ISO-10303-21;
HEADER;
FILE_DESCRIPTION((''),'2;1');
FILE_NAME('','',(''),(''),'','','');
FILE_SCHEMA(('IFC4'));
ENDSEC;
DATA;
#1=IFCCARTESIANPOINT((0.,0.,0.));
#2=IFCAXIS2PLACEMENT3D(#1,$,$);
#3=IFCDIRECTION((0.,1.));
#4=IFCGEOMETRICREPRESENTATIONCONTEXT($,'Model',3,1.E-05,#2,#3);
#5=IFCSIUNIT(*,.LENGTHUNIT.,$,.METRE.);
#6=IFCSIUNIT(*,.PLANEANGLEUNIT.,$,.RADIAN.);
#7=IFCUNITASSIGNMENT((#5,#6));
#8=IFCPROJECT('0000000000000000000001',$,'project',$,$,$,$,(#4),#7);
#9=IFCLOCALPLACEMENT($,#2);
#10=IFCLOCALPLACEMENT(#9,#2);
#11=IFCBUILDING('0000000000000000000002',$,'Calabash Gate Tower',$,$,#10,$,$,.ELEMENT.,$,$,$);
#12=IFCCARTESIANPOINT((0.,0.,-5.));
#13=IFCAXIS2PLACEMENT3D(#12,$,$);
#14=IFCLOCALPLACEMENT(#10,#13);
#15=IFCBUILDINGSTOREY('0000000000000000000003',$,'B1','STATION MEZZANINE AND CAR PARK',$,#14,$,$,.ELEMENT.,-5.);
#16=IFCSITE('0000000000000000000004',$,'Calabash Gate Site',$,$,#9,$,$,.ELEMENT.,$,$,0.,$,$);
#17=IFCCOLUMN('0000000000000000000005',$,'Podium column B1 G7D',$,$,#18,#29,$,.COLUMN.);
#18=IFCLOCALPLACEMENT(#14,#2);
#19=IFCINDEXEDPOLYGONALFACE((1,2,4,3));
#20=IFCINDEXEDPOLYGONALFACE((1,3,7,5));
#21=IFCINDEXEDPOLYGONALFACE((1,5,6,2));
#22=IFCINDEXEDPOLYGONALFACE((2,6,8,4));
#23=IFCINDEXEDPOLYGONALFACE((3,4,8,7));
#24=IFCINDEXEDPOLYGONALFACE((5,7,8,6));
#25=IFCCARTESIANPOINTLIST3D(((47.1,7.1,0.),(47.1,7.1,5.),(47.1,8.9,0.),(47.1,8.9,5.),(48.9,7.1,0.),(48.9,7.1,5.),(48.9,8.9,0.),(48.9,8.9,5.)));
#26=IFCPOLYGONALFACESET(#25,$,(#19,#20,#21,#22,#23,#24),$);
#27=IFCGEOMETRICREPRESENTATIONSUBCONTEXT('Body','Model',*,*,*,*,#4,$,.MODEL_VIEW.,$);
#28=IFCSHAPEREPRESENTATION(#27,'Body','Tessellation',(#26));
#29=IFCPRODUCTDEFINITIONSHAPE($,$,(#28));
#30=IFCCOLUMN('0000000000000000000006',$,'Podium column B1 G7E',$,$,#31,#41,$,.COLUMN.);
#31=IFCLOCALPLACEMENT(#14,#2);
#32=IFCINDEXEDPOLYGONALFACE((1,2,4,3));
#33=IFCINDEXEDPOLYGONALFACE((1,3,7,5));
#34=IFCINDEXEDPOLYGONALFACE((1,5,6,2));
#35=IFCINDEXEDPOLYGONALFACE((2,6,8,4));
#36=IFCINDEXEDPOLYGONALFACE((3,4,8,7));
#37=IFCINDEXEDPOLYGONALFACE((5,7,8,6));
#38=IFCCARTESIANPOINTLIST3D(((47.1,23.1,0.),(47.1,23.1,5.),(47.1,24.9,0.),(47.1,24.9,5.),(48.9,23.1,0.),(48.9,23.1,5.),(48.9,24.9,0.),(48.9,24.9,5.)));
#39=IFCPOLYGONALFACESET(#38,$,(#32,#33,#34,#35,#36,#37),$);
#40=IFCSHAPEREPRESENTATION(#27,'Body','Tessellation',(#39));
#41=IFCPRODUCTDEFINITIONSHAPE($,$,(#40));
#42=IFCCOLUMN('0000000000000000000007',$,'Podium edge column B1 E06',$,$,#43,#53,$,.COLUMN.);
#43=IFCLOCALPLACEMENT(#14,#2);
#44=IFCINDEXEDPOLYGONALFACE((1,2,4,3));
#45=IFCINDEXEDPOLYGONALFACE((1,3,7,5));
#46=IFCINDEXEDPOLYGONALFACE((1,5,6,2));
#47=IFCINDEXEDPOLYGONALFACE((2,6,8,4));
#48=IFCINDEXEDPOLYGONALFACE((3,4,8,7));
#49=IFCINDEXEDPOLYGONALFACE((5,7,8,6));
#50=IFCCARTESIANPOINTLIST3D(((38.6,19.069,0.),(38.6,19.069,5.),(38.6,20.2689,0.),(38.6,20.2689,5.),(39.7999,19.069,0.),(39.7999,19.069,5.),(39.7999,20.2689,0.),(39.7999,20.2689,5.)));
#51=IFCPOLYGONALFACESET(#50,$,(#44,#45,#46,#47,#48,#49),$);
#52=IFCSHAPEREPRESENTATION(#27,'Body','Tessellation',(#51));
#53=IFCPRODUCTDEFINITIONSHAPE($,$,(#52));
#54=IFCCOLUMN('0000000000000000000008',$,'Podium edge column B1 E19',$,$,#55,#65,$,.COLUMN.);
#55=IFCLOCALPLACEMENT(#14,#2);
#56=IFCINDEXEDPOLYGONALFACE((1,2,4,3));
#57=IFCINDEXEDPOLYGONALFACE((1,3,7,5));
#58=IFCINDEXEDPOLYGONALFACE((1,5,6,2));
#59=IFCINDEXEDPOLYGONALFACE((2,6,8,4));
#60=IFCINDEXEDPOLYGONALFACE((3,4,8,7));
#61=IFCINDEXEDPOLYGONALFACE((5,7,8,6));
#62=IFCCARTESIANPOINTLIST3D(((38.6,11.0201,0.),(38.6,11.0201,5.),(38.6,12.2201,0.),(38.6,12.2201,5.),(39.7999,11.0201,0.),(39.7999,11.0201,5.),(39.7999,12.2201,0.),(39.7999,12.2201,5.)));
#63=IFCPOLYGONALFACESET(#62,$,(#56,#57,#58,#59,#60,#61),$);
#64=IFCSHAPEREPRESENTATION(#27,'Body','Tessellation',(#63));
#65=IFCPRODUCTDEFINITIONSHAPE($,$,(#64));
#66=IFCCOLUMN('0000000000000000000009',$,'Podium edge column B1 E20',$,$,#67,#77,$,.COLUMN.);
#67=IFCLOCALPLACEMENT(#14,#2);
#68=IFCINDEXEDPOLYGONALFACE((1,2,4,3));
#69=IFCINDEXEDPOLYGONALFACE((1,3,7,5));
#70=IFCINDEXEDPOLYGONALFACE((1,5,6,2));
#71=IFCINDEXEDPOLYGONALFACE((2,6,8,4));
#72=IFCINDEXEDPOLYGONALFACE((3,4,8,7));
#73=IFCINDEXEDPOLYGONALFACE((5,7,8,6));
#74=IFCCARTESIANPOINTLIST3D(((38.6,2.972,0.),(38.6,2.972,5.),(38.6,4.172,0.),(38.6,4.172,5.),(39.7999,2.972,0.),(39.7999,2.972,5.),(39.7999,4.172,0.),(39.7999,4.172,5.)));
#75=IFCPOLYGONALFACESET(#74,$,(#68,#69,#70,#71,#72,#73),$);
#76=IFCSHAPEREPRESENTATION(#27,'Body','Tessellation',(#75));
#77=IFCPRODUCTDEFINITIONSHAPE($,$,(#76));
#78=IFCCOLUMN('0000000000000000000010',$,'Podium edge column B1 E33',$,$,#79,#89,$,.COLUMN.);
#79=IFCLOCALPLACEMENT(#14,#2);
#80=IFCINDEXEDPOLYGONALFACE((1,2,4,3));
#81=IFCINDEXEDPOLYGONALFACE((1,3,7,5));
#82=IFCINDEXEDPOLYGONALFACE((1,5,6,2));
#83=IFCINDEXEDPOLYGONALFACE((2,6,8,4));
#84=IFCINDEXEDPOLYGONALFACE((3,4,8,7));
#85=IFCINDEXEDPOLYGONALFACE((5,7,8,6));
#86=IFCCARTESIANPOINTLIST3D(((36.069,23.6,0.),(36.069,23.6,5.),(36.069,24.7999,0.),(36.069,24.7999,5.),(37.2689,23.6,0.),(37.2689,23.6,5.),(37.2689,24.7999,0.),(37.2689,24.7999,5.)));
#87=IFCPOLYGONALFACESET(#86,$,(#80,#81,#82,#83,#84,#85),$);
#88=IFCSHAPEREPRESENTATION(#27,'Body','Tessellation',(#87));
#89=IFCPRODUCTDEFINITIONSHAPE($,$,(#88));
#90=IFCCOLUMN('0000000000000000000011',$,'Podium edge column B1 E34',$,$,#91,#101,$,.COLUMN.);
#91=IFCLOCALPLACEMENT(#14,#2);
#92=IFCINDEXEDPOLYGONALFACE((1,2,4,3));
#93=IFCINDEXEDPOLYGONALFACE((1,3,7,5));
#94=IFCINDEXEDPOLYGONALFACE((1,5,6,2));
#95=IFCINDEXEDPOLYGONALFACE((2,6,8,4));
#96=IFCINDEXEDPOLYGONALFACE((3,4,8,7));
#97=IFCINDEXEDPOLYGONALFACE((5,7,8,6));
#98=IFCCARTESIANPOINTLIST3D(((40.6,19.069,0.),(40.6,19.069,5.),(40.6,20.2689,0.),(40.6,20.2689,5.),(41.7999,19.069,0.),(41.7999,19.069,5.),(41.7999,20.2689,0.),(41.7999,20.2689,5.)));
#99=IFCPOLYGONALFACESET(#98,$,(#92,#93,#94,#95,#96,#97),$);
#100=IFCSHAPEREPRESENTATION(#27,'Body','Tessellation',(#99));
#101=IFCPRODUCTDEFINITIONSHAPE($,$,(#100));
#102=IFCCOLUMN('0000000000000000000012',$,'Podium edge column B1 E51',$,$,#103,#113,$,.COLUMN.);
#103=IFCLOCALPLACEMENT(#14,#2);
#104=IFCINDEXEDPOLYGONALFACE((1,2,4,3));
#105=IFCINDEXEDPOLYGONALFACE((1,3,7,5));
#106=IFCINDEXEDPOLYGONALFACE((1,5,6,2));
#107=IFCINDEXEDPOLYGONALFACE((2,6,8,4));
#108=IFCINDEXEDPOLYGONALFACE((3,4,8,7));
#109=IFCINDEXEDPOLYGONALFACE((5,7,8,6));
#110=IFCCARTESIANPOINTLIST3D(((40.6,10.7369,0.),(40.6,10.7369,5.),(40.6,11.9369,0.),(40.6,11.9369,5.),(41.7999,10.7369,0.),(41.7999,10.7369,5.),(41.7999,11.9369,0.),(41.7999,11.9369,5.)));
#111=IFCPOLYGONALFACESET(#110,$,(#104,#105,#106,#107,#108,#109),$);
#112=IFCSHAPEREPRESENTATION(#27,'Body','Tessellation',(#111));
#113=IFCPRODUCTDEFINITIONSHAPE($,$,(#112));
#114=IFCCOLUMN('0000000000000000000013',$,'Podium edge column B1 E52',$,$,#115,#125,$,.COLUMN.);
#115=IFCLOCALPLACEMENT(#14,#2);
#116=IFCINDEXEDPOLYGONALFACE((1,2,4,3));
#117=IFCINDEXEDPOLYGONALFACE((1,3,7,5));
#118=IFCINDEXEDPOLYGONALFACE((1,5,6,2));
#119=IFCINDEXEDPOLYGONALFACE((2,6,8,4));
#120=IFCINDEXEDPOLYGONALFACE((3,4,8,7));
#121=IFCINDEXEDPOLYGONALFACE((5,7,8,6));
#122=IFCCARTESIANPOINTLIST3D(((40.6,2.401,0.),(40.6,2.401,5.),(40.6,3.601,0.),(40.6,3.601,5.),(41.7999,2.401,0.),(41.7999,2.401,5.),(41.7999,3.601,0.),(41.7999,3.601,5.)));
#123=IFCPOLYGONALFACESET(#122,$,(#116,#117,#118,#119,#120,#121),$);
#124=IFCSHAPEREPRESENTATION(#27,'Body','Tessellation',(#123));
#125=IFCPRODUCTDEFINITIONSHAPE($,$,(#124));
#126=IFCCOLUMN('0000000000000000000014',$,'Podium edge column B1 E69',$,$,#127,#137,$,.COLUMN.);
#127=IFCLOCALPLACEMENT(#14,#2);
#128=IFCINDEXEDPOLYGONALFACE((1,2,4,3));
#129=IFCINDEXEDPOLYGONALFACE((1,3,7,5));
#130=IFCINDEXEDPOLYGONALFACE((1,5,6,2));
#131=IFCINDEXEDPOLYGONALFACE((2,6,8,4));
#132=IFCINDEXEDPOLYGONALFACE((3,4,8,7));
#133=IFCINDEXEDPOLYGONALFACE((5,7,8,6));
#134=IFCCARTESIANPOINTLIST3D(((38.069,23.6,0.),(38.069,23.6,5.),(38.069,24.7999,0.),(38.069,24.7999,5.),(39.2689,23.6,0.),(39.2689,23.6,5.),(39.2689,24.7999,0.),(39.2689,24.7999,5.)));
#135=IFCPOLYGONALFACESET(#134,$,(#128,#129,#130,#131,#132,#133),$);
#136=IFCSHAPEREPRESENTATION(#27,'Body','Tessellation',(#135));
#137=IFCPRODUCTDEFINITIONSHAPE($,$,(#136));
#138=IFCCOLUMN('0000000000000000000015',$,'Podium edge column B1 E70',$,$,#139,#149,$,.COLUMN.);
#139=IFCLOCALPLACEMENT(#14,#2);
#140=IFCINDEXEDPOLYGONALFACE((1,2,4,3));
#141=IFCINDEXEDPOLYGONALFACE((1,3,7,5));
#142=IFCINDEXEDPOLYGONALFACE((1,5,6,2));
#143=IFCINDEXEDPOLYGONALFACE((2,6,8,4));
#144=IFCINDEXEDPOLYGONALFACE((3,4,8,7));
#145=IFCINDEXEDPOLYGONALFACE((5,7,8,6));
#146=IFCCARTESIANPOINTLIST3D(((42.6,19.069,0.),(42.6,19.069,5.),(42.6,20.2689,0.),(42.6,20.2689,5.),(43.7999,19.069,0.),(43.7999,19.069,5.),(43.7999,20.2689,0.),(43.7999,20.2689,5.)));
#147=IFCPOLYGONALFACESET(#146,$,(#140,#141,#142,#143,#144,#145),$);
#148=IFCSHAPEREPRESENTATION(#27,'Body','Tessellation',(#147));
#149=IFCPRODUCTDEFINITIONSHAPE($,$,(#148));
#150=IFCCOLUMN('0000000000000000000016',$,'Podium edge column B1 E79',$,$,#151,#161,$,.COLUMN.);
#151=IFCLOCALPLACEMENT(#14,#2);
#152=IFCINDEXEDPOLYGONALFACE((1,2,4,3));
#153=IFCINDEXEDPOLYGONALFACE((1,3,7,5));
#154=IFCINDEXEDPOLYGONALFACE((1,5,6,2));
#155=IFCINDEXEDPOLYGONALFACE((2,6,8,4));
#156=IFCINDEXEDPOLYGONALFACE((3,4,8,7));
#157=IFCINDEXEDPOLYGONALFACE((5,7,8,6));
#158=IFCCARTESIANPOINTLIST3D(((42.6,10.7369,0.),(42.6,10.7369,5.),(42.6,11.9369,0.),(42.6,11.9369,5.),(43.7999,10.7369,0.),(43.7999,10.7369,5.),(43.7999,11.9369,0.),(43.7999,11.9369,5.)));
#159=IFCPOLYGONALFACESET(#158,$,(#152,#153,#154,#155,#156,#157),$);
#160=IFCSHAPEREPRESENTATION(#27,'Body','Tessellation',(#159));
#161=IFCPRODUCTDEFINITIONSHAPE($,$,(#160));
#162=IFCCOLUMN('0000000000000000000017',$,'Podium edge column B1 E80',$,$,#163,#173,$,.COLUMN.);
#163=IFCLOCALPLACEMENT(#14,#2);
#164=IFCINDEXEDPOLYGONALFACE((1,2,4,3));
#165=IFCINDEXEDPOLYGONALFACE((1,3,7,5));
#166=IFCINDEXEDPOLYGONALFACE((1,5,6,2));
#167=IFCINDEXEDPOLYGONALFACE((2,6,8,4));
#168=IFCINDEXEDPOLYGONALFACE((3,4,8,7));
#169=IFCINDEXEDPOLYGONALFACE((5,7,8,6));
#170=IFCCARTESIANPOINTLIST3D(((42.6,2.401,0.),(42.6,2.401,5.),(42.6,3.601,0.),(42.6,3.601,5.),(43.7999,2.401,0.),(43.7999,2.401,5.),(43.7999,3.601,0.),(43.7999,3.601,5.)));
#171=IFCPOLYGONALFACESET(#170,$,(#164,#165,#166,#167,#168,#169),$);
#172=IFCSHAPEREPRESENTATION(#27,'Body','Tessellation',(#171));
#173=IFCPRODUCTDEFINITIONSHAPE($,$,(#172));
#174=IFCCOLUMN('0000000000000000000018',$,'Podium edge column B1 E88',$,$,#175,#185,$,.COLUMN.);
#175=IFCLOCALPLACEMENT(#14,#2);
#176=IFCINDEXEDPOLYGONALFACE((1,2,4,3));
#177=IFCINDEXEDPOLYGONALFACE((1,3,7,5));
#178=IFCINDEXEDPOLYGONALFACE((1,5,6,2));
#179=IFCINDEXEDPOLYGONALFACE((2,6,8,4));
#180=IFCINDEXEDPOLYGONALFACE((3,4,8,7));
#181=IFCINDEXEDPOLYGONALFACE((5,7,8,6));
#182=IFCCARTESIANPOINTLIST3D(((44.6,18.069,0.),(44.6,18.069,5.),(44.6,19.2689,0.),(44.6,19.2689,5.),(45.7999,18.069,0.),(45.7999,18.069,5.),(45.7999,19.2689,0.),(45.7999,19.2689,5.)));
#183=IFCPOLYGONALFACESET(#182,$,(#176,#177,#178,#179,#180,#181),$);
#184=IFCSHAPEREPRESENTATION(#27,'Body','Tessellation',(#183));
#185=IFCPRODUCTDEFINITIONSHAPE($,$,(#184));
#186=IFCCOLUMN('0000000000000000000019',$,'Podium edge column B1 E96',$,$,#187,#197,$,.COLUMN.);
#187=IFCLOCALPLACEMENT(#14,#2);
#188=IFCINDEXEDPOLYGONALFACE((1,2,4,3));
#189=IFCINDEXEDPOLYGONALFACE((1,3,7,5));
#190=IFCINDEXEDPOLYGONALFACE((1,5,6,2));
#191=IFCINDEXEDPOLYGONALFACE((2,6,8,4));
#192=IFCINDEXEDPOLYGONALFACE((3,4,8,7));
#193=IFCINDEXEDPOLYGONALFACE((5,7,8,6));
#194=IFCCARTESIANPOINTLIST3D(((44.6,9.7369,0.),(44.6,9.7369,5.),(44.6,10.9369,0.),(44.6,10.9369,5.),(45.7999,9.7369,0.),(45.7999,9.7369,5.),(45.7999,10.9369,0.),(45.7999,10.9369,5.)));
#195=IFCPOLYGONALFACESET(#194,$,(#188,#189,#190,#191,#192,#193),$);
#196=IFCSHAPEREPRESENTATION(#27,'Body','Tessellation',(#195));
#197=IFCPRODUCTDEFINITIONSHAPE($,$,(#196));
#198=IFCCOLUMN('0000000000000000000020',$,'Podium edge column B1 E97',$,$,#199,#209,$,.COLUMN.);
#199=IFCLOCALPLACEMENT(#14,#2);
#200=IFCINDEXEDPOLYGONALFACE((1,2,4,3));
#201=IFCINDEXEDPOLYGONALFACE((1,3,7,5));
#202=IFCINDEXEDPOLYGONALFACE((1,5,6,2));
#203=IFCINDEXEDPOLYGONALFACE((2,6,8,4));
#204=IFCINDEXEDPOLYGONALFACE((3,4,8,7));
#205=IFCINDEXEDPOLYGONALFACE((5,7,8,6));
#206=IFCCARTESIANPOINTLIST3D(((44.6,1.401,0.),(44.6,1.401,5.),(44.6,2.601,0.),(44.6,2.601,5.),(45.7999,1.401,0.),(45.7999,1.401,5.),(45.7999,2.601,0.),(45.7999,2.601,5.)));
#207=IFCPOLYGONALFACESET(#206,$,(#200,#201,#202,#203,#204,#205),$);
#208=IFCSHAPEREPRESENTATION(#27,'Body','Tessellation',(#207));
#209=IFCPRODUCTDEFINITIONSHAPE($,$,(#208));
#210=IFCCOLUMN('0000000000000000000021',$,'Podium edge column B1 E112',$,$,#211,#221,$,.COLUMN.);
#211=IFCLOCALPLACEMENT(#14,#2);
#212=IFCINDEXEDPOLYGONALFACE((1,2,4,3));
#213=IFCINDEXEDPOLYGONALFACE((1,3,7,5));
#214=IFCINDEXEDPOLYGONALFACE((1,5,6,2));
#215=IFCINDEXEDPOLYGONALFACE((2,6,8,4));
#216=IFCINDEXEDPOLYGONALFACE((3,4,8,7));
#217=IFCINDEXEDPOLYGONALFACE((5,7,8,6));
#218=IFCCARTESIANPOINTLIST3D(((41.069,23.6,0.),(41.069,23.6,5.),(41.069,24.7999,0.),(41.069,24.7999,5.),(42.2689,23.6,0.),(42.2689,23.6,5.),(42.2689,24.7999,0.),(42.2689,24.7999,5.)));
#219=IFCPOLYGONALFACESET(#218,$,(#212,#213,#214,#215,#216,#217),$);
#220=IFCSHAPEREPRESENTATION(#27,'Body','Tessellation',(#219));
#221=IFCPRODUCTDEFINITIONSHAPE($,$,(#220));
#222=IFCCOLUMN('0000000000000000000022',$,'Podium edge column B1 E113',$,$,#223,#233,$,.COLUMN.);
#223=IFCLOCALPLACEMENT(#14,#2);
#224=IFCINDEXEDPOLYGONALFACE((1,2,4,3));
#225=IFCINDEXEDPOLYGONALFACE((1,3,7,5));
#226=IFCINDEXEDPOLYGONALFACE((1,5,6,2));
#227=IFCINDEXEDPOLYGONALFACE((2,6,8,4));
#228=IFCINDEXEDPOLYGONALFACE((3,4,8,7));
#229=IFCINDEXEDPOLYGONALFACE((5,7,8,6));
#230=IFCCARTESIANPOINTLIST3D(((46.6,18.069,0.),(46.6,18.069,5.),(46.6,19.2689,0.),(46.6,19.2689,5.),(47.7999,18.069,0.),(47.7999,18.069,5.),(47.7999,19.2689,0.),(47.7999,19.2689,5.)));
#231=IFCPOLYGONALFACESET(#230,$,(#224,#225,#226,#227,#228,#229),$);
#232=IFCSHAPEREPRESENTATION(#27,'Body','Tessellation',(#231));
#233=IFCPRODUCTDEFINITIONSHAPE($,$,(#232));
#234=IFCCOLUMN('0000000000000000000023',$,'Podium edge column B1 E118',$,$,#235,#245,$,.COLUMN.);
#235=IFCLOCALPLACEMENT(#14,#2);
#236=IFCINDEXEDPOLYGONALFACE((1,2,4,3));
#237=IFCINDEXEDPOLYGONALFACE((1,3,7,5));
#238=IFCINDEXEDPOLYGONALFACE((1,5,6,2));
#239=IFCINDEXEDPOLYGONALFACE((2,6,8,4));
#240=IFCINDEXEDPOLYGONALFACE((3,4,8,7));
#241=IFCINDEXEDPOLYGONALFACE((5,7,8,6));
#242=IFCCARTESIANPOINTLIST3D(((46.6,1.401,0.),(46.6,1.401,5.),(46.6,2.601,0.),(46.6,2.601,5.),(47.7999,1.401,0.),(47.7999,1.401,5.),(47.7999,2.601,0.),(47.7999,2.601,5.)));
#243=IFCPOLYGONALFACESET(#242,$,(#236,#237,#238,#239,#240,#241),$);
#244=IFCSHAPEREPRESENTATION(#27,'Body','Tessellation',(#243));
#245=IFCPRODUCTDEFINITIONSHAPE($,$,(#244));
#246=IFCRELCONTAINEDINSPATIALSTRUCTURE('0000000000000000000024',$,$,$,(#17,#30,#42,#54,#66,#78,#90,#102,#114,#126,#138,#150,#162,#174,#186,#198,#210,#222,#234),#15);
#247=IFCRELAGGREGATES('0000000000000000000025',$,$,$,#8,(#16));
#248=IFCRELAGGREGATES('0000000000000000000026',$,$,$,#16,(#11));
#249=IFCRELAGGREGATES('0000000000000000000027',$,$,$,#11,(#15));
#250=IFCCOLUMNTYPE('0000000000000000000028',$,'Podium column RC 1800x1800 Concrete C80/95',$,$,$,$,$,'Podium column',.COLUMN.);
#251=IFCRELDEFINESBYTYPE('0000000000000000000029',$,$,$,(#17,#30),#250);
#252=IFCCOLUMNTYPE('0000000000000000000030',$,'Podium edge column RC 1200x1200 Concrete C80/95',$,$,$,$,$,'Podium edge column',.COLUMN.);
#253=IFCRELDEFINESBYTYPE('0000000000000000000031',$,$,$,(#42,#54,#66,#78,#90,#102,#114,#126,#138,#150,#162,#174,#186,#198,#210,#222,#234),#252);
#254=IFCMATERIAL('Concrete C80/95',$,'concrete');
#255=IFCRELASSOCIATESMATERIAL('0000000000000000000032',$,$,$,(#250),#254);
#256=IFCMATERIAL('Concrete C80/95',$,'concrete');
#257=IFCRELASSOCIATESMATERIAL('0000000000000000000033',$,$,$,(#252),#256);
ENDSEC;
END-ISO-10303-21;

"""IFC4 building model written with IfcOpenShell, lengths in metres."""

from ifc_helpers import new_model, si_unit, direction, frame, origin, origin_2d, place, context, subcontext, project, spatial, rectangle, extrude, material, material_profile, profile_set, type_object, element, save


model = new_model("IFC4")

# Units and contexts
model_context = context("Model", 3, precision=1e-05, world=origin(), true_north=direction((0.0, 1.0)))
body_context = subcontext(model_context, "Body", "Model", "MODEL_VIEW")
ifc_project = project(units=[si_unit("LENGTHUNIT", "METRE"), si_unit("PLANEANGLEUNIT", "RADIAN")], contexts=[model_context])

# Site, building, storey
site_placement = place(None, origin())
site = spatial("IfcSite", under=ifc_project, at=site_placement, Name="Calabash Gate Site", CompositionType="ELEMENT", RefElevation=0.0)
building_placement = place(site_placement, origin())
building = spatial("IfcBuilding", under=site, at=building_placement, Name="Calabash Gate Tower", CompositionType="ELEMENT")
storey_placement = place(building_placement, frame((0.0, 0.0, -5.0)))
storey = spatial("IfcBuildingStorey", under=building, at=storey_placement, Name="B1", Description="STATION MEZZANINE AND CAR PARK", CompositionType="ELEMENT", Elevation=-5.0)

# Columns
ifc_material_1 = material(Name="Concrete C80/95", Category="concrete")
ifc_material_profile_1 = material_profile(ifc_material_1, rectangle(XDim=1.8, YDim=1.8, at=origin_2d()))
ifc_profile_set_1 = profile_set([ifc_material_profile_1], Name="Concrete C80/95")
column_type_1 = type_object("IfcColumnType", Name="Podium column RC 1800x1800 Concrete C80/95", ElementType="Podium column", PredefinedType="COLUMN", material=ifc_profile_set_1)
for number, where, z_axis, x_axis, name in (
    (1, (48.0, 8.0, 0.0), (0.0, 0.0, 1.0), (1.0, 0.0, 0.0), "Podium column B1 G7D"),
    (2, (48.0, 24.0, 0.0), (0.0, 0.0, 1.0), (1.0, 0.0, 0.0), "Podium column B1 G7E"),
):
    element("IfcColumn", number, at=place(storey_placement, frame(where, z_axis=z_axis, x_axis=x_axis)), inside=storey, type_object=column_type_1, Name=name, PredefinedType="COLUMN", context=body_context, shape_type="SweptSolid", body=[
        extrude(rectangle(XDim=1.8, YDim=1.8, at=origin_2d()), origin(), (0.0, 0.0, 1.0), 5.0),
    ])
ifc_material_2 = material(Name="Concrete C80/95", Category="concrete")
ifc_material_profile_2 = material_profile(ifc_material_2, rectangle(XDim=1.2, YDim=1.2, at=origin_2d()))
ifc_profile_set_2 = profile_set([ifc_material_profile_2], Name="Concrete C80/95")
column_type_2 = type_object("IfcColumnType", Name="Podium edge column RC 1200x1200 Concrete C80/95", ElementType="Podium edge column", PredefinedType="COLUMN", material=ifc_profile_set_2)
for number, where, z_axis, x_axis, name in (
    (3, (39.2, 19.6689, 0.0), (0.0, 0.0, 1.0), (1.0, 0.0, 0.0), "Podium edge column B1 E06"),
    (4, (39.2, 11.6201, 0.0), (0.0, 0.0, 1.0), (1.0, 0.0, 0.0), "Podium edge column B1 E19"),
    (5, (39.2, 3.572, 0.0), (0.0, 0.0, 1.0), (1.0, 0.0, 0.0), "Podium edge column B1 E20"),
    (6, (36.6689, 24.2, 0.0), (0.0, 0.0, 1.0), (1.0, 0.0, 0.0), "Podium edge column B1 E33"),
    (7, (41.2, 19.6689, 0.0), (0.0, 0.0, 1.0), (1.0, 0.0, 0.0), "Podium edge column B1 E34"),
    (8, (41.2, 11.3369, 0.0), (0.0, 0.0, 1.0), (1.0, 0.0, 0.0), "Podium edge column B1 E51"),
    (9, (41.2, 3.001, 0.0), (0.0, 0.0, 1.0), (1.0, 0.0, 0.0), "Podium edge column B1 E52"),
    (10, (38.6689, 24.2, 0.0), (0.0, 0.0, 1.0), (1.0, 0.0, 0.0), "Podium edge column B1 E69"),
    (11, (43.2, 19.6689, 0.0), (0.0, 0.0, 1.0), (1.0, 0.0, 0.0), "Podium edge column B1 E70"),
    (12, (43.2, 11.3369, 0.0), (0.0, 0.0, 1.0), (1.0, 0.0, 0.0), "Podium edge column B1 E79"),
    (13, (43.2, 3.001, 0.0), (0.0, 0.0, 1.0), (1.0, 0.0, 0.0), "Podium edge column B1 E80"),
    (14, (45.2, 18.6689, 0.0), (0.0, 0.0, 1.0), (1.0, 0.0, 0.0), "Podium edge column B1 E88"),
    (15, (45.2, 10.3369, 0.0), (0.0, 0.0, 1.0), (1.0, 0.0, 0.0), "Podium edge column B1 E96"),
    (16, (45.2, 2.001, 0.0), (0.0, 0.0, 1.0), (1.0, 0.0, 0.0), "Podium edge column B1 E97"),
    (17, (41.6689, 24.2, 0.0), (0.0, 0.0, 1.0), (1.0, 0.0, 0.0), "Podium edge column B1 E112"),
    (18, (47.2, 18.6689, 0.0), (0.0, 0.0, 1.0), (1.0, 0.0, 0.0), "Podium edge column B1 E113"),
    (19, (47.2, 2.001, 0.0), (0.0, 0.0, 1.0), (1.0, 0.0, 0.0), "Podium edge column B1 E118"),
):
    element("IfcColumn", number, at=place(storey_placement, frame(where, z_axis=z_axis, x_axis=x_axis)), inside=storey, type_object=column_type_2, Name=name, PredefinedType="COLUMN", context=body_context, shape_type="SweptSolid", body=[
        extrude(rectangle(XDim=1.2, YDim=1.2, at=origin_2d()), origin(), (0.0, 0.0, 1.0), 5.0),
    ])

save(model, "model.ifc")
